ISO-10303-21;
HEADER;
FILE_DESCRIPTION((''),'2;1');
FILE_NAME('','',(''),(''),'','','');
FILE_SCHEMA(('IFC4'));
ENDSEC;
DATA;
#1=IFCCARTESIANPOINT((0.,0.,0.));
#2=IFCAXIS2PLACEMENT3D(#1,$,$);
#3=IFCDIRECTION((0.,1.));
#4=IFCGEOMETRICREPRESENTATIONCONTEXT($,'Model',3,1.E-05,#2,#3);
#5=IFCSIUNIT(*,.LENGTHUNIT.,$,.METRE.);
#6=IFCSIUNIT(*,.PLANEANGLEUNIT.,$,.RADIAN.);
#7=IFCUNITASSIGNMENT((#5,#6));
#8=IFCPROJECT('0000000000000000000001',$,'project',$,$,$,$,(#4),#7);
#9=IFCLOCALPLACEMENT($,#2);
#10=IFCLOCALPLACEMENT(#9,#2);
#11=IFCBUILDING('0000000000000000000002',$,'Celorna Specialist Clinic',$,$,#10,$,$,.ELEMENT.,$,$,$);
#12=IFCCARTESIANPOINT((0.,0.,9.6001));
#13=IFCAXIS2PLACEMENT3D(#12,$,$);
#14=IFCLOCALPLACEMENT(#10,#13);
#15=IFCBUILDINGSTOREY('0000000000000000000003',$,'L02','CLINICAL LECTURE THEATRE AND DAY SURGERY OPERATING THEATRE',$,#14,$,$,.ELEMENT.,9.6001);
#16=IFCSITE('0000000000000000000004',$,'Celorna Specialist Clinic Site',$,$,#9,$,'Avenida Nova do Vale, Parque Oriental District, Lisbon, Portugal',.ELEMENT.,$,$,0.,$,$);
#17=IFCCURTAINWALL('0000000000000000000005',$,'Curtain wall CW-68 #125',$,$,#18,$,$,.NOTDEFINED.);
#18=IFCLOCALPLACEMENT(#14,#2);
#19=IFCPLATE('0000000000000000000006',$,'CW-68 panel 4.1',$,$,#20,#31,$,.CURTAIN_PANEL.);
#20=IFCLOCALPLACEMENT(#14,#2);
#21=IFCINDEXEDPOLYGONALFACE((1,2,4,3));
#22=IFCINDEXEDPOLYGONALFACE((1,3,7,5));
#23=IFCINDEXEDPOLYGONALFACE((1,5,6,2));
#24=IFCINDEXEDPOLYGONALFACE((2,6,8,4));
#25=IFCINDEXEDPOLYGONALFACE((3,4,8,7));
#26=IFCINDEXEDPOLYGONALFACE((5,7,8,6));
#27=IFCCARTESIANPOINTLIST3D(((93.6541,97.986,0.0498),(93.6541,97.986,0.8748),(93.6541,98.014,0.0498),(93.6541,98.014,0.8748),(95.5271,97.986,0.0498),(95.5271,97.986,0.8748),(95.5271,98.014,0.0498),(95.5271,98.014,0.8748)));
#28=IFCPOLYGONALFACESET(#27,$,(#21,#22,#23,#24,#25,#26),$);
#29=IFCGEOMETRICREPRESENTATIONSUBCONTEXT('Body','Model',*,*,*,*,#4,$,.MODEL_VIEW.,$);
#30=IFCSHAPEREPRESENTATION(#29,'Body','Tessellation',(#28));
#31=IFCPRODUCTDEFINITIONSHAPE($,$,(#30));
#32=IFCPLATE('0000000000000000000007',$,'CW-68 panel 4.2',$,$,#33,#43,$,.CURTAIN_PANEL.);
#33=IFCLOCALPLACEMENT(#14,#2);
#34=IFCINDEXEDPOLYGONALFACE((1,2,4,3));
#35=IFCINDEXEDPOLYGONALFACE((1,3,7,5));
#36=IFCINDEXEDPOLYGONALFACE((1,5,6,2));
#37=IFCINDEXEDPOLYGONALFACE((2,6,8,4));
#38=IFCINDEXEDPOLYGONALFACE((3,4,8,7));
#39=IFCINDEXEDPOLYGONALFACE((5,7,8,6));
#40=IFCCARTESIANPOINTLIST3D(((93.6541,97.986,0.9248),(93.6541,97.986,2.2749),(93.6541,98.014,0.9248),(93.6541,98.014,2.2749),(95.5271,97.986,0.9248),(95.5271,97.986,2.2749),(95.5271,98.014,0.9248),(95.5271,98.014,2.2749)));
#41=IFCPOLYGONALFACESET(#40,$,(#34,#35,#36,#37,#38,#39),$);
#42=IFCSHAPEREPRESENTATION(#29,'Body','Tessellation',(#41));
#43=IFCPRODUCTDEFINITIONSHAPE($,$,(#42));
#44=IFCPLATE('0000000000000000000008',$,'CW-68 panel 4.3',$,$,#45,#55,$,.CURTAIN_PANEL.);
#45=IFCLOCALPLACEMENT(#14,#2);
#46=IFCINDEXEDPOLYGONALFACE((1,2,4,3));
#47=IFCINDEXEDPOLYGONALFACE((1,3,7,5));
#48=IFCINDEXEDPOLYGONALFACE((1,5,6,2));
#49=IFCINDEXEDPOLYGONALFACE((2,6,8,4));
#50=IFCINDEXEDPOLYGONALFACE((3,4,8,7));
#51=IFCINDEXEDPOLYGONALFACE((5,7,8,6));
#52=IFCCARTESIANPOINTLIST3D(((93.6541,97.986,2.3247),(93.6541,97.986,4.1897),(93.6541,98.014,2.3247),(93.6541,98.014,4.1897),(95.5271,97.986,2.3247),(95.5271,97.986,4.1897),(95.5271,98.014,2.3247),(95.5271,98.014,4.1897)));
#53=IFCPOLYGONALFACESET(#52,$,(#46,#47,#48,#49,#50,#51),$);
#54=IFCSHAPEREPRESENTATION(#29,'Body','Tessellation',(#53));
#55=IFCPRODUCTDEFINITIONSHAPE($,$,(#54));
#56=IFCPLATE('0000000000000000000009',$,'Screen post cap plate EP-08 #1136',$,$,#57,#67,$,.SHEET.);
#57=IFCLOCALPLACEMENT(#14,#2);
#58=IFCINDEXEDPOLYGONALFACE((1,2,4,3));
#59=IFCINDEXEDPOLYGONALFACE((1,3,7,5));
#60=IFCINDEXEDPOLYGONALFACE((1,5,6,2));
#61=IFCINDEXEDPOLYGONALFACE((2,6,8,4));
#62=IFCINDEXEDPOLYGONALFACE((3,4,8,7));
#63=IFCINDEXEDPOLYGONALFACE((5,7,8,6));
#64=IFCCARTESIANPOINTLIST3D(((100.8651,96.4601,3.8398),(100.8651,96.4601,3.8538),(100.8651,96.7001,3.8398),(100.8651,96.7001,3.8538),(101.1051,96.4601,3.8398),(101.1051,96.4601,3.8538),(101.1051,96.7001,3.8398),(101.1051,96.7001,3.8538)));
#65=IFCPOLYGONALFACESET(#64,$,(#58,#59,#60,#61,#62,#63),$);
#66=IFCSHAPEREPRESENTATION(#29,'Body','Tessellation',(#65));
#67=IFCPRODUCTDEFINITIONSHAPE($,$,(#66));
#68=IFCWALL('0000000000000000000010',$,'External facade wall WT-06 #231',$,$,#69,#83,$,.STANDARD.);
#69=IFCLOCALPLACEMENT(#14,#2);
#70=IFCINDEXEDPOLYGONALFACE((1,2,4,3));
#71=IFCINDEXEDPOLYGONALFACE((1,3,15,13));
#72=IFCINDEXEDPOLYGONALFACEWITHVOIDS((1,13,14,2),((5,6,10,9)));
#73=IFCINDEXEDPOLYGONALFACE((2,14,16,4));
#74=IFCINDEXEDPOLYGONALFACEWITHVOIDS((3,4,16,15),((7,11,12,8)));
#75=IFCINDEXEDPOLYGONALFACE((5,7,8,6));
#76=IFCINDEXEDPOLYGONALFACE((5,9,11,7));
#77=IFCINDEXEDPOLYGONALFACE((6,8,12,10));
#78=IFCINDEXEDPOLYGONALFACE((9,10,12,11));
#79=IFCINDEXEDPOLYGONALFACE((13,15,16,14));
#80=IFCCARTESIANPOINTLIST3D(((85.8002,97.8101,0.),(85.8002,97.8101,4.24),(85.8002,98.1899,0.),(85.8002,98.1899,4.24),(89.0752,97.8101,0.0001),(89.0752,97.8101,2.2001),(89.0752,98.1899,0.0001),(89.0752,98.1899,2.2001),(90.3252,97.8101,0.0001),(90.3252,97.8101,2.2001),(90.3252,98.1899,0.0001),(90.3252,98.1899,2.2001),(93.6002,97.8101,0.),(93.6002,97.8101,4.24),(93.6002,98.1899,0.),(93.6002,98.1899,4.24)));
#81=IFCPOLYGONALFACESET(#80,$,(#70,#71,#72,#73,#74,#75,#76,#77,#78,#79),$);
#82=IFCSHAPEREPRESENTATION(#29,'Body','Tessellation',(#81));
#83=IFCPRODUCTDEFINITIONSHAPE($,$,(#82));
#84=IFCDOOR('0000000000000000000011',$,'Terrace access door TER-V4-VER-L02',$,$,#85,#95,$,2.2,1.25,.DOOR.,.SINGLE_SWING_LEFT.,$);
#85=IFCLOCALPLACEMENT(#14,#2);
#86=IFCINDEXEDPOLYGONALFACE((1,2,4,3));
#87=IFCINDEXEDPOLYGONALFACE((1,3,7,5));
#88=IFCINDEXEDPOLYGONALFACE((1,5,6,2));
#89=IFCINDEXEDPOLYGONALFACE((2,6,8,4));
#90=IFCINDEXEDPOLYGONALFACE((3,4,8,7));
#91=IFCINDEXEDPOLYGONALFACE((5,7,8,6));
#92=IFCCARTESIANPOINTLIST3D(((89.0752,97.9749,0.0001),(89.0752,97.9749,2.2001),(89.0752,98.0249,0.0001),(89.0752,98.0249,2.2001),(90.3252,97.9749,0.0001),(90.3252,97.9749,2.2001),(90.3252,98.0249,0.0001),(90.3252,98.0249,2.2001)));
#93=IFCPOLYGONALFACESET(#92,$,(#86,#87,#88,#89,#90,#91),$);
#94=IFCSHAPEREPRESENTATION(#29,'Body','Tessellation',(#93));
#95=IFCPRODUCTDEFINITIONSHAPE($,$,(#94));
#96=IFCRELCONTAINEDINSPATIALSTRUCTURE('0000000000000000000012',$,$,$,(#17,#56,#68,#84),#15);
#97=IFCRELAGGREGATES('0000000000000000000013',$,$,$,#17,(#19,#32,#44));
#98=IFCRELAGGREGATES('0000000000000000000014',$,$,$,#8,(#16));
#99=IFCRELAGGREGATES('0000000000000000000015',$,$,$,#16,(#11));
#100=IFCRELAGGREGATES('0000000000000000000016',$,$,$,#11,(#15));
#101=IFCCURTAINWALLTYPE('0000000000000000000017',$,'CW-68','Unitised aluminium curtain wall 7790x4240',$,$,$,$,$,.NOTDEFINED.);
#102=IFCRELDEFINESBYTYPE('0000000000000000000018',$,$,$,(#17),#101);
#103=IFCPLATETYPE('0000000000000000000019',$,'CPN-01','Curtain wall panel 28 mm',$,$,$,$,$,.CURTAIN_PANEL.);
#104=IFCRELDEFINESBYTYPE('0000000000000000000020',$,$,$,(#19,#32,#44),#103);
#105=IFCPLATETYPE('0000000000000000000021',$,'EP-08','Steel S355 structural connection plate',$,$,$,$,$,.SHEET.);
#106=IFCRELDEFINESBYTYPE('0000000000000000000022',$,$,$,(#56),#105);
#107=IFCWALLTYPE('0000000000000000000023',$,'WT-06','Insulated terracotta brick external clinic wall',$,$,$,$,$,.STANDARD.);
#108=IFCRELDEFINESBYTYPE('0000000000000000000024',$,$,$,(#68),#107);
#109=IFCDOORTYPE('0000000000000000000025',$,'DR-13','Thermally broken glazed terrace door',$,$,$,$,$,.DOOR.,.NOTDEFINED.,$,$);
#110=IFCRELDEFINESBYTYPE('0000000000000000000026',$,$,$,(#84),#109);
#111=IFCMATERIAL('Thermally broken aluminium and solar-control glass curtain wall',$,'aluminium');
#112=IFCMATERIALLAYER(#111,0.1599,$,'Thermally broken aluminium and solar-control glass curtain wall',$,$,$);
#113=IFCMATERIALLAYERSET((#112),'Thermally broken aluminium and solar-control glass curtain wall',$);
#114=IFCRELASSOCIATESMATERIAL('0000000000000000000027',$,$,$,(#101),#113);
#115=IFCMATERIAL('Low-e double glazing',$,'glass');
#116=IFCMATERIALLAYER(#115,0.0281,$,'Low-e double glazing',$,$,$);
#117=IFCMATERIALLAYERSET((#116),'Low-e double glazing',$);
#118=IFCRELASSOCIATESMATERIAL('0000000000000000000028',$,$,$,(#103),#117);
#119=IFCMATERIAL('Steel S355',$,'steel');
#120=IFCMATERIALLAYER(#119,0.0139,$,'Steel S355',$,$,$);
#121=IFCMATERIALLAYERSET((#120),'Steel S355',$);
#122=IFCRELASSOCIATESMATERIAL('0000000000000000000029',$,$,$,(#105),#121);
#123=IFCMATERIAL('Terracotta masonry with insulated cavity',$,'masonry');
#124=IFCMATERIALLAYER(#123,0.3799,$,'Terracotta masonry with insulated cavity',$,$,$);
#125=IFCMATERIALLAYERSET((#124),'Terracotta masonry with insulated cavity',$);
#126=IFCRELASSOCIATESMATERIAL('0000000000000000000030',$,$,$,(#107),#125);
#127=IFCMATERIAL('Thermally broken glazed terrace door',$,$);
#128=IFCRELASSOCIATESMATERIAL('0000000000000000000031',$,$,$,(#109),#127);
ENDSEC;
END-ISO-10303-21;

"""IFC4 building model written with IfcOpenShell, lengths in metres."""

from ifc_helpers import new_model, si_unit, direction, frame, frame_2d, origin, origin_2d, place, context, subcontext, project, spatial, rectangle, extrude, material, layer, layer_set, type_object, element, fill, aggregate, save


model = new_model("IFC4")

# Units and contexts
model_context = context("Model", 3, precision=1e-05, world=origin(), true_north=direction((0.0, 1.0)))
body_context = subcontext(model_context, "Body", "Model", "MODEL_VIEW")
ifc_project = project(units=[si_unit("LENGTHUNIT", "METRE"), si_unit("PLANEANGLEUNIT", "RADIAN")], contexts=[model_context])

# Site, building, storey
site_placement = place(None, origin())
site = spatial("IfcSite", under=ifc_project, at=site_placement, Name="Celorna Specialist Clinic Site", LongName="Avenida Nova do Vale, Parque Oriental District, Lisbon, Portugal", CompositionType="ELEMENT", RefElevation=0.0)
building_placement = place(site_placement, origin())
building = spatial("IfcBuilding", under=site, at=building_placement, Name="Celorna Specialist Clinic", CompositionType="ELEMENT")
storey_placement = place(building_placement, frame((0.0, 0.0, 9.6001)))
storey = spatial("IfcBuildingStorey", under=building, at=storey_placement, Name="L02", Description="CLINICAL LECTURE THEATRE AND DAY SURGERY OPERATING THEATRE", CompositionType="ELEMENT", Elevation=9.6001)

# Shared definitions
ifc_material_1 = material(Name="Steel S355", Category="steel")

# Curtain wall, plates
ifc_material_2 = material(Name="Thermally broken aluminium and solar-control glass curtain wall", Category="aluminium")
ifc_layer_1 = layer(ifc_material_2, 0.1599, Name="Thermally broken aluminium and solar-control glass curtain wall")
ifc_layer_set_1 = layer_set([ifc_layer_1], Name="Thermally broken aluminium and solar-control glass curtain wall")
curtain_wall_type = type_object("IfcCurtainWallType", Name="CW-68", Description="Unitised aluminium curtain wall 7790x4240", PredefinedType="NOTDEFINED", material=ifc_layer_set_1)
curtain_wall_placement = place(storey_placement, origin())
curtain_wall = element("IfcCurtainWall", 1, at=curtain_wall_placement, inside=storey, type_object=curtain_wall_type, Name="Curtain wall CW-68 #125", PredefinedType="NOTDEFINED")
ifc_material_3 = material(Name="Low-e double glazing", Category="glass")
ifc_layer_2 = layer(ifc_material_3, 0.0281, Name="Low-e double glazing")
ifc_layer_set_2 = layer_set([ifc_layer_2], Name="Low-e double glazing")
plate_type_1 = type_object("IfcPlateType", Name="CPN-01", Description="Curtain wall panel 28 mm", PredefinedType="CURTAIN_PANEL", material=ifc_layer_set_2)
plate_1_placement = place(storey_placement, frame((94.5906, 98.0, 0.0498), z_axis=(0.0, 0.0, 1.0), x_axis=(-1.0, 0.0, 0.0)))
plate_1 = element("IfcPlate", 2, at=plate_1_placement, type_object=plate_type_1, Name="CW-68 panel 4.1", PredefinedType="CURTAIN_PANEL", context=body_context, shape_type="SweptSolid", body=[
    extrude(rectangle(XDim=1.873, YDim=0.0281, at=origin_2d()), origin(), (0.0, 0.0, 1.0), 0.825),
])
plate_2_placement = place(storey_placement, frame((94.5906, 98.0, 0.9248), z_axis=(0.0, 0.0, 1.0), x_axis=(-1.0, 0.0, 0.0)))
plate_2 = element("IfcPlate", 3, at=plate_2_placement, type_object=plate_type_1, Name="CW-68 panel 4.2", PredefinedType="CURTAIN_PANEL", context=body_context, shape_type="SweptSolid", body=[
    extrude(rectangle(XDim=1.873, YDim=0.0281, at=origin_2d()), origin(), (0.0, 0.0, 1.0), 1.3501),
])
plate_3_placement = place(storey_placement, frame((94.5906, 98.0, 2.3247), z_axis=(0.0, 0.0, 1.0), x_axis=(-1.0, 0.0, 0.0)))
plate_3 = element("IfcPlate", 4, at=plate_3_placement, type_object=plate_type_1, Name="CW-68 panel 4.3", PredefinedType="CURTAIN_PANEL", context=body_context, shape_type="SweptSolid", body=[
    extrude(rectangle(XDim=1.873, YDim=0.0281, at=origin_2d()), origin(), (0.0, 0.0, 1.0), 1.865),
])
aggregate(curtain_wall, [plate_1, plate_2, plate_3])

# Plate
ifc_layer_3 = layer(ifc_material_1, 0.0139, Name="Steel S355")
ifc_layer_set_3 = layer_set([ifc_layer_3], Name="Steel S355")
plate_type_2 = type_object("IfcPlateType", Name="EP-08", Description="Steel S355 structural connection plate", PredefinedType="SHEET", material=ifc_layer_set_3)
plate_4_placement = place(storey_placement, frame((100.9851, 96.5801, 3.8398), z_axis=(0.0, 0.0, 1.0), x_axis=(1.0, 0.0, 0.0)))
element("IfcPlate", 5, at=plate_4_placement, inside=storey, type_object=plate_type_2, Name="Screen post cap plate EP-08 #1136", PredefinedType="SHEET", context=body_context, shape_type="SweptSolid", body=[
    extrude(rectangle(XDim=0.24, YDim=0.24, at=origin_2d()), origin(), (0.0, 0.0, 1.0), 0.0139),
])

# Wall, opening, door
ifc_material_4 = material(Name="Terracotta masonry with insulated cavity", Category="masonry")
ifc_layer_4 = layer(ifc_material_4, 0.3799, Name="Terracotta masonry with insulated cavity")
ifc_layer_set_4 = layer_set([ifc_layer_4], Name="Terracotta masonry with insulated cavity")
wall_type = type_object("IfcWallType", Name="WT-06", Description="Insulated terracotta brick external clinic wall", PredefinedType="STANDARD", material=ifc_layer_set_4)
wall_placement = place(storey_placement, frame((93.6001, 98.0, 0.0), z_axis=(0.0, 0.0, 1.0), x_axis=(-1.0, 0.0, 0.0)))
wall = element("IfcWall", 6, at=wall_placement, inside=storey, type_object=wall_type, Name="External facade wall WT-06 #231", PredefinedType="STANDARD", context=body_context, shape_type="SweptSolid", body=[
    extrude(rectangle(XDim=7.8, YDim=0.3799, at=frame_2d((3.8999, 0.0))), origin(), (0.0, 0.0, 1.0), 4.24),
])
opening_placement = place(wall_placement, frame((3.2749, 0.0, 0.0)))
opening = element("IfcOpeningElement", 7, at=opening_placement, cuts=wall, PredefinedType="OPENING", context=body_context, shape_type="SweptSolid", body=[
    extrude(rectangle(XDim=1.25, YDim=2.2, at=frame_2d((0.625, 1.1001))), frame((0.0, 0.2, 0.0), z_axis=(0.0, -1.0, 0.0), x_axis=(1.0, 0.0, 0.0)), (0.0, 0.0, 1.0), 0.3999),
])
ifc_material_5 = material(Name="Thermally broken glazed terrace door")
door_type = type_object("IfcDoorType", Name="DR-13", Description="Thermally broken glazed terrace door", OperationType="NOTDEFINED", PredefinedType="DOOR", material=ifc_material_5)
door_placement = place(opening_placement, frame((1.25, 0.0, 0.0), z_axis=(0.0, 0.0, 1.0), x_axis=(-1.0, 0.0, 0.0)))
door = element("IfcDoor", 8, at=door_placement, inside=storey, type_object=door_type, Name="Terrace access door TER-V4-VER-L02", OperationType="SINGLE_SWING_LEFT", OverallHeight=2.2, OverallWidth=1.25, PredefinedType="DOOR", context=body_context, shape_type="SweptSolid", body=[
    extrude(rectangle(XDim=1.25, YDim=2.2, at=frame_2d((0.625, 1.1001))), frame((0.0, 0.0249, 0.0), z_axis=(0.0, -1.0, 0.0), x_axis=(1.0, 0.0, 0.0)), (0.0, 0.0, 1.0), 0.05),
])
fill(opening, door)

save(model, "model.ifc")
